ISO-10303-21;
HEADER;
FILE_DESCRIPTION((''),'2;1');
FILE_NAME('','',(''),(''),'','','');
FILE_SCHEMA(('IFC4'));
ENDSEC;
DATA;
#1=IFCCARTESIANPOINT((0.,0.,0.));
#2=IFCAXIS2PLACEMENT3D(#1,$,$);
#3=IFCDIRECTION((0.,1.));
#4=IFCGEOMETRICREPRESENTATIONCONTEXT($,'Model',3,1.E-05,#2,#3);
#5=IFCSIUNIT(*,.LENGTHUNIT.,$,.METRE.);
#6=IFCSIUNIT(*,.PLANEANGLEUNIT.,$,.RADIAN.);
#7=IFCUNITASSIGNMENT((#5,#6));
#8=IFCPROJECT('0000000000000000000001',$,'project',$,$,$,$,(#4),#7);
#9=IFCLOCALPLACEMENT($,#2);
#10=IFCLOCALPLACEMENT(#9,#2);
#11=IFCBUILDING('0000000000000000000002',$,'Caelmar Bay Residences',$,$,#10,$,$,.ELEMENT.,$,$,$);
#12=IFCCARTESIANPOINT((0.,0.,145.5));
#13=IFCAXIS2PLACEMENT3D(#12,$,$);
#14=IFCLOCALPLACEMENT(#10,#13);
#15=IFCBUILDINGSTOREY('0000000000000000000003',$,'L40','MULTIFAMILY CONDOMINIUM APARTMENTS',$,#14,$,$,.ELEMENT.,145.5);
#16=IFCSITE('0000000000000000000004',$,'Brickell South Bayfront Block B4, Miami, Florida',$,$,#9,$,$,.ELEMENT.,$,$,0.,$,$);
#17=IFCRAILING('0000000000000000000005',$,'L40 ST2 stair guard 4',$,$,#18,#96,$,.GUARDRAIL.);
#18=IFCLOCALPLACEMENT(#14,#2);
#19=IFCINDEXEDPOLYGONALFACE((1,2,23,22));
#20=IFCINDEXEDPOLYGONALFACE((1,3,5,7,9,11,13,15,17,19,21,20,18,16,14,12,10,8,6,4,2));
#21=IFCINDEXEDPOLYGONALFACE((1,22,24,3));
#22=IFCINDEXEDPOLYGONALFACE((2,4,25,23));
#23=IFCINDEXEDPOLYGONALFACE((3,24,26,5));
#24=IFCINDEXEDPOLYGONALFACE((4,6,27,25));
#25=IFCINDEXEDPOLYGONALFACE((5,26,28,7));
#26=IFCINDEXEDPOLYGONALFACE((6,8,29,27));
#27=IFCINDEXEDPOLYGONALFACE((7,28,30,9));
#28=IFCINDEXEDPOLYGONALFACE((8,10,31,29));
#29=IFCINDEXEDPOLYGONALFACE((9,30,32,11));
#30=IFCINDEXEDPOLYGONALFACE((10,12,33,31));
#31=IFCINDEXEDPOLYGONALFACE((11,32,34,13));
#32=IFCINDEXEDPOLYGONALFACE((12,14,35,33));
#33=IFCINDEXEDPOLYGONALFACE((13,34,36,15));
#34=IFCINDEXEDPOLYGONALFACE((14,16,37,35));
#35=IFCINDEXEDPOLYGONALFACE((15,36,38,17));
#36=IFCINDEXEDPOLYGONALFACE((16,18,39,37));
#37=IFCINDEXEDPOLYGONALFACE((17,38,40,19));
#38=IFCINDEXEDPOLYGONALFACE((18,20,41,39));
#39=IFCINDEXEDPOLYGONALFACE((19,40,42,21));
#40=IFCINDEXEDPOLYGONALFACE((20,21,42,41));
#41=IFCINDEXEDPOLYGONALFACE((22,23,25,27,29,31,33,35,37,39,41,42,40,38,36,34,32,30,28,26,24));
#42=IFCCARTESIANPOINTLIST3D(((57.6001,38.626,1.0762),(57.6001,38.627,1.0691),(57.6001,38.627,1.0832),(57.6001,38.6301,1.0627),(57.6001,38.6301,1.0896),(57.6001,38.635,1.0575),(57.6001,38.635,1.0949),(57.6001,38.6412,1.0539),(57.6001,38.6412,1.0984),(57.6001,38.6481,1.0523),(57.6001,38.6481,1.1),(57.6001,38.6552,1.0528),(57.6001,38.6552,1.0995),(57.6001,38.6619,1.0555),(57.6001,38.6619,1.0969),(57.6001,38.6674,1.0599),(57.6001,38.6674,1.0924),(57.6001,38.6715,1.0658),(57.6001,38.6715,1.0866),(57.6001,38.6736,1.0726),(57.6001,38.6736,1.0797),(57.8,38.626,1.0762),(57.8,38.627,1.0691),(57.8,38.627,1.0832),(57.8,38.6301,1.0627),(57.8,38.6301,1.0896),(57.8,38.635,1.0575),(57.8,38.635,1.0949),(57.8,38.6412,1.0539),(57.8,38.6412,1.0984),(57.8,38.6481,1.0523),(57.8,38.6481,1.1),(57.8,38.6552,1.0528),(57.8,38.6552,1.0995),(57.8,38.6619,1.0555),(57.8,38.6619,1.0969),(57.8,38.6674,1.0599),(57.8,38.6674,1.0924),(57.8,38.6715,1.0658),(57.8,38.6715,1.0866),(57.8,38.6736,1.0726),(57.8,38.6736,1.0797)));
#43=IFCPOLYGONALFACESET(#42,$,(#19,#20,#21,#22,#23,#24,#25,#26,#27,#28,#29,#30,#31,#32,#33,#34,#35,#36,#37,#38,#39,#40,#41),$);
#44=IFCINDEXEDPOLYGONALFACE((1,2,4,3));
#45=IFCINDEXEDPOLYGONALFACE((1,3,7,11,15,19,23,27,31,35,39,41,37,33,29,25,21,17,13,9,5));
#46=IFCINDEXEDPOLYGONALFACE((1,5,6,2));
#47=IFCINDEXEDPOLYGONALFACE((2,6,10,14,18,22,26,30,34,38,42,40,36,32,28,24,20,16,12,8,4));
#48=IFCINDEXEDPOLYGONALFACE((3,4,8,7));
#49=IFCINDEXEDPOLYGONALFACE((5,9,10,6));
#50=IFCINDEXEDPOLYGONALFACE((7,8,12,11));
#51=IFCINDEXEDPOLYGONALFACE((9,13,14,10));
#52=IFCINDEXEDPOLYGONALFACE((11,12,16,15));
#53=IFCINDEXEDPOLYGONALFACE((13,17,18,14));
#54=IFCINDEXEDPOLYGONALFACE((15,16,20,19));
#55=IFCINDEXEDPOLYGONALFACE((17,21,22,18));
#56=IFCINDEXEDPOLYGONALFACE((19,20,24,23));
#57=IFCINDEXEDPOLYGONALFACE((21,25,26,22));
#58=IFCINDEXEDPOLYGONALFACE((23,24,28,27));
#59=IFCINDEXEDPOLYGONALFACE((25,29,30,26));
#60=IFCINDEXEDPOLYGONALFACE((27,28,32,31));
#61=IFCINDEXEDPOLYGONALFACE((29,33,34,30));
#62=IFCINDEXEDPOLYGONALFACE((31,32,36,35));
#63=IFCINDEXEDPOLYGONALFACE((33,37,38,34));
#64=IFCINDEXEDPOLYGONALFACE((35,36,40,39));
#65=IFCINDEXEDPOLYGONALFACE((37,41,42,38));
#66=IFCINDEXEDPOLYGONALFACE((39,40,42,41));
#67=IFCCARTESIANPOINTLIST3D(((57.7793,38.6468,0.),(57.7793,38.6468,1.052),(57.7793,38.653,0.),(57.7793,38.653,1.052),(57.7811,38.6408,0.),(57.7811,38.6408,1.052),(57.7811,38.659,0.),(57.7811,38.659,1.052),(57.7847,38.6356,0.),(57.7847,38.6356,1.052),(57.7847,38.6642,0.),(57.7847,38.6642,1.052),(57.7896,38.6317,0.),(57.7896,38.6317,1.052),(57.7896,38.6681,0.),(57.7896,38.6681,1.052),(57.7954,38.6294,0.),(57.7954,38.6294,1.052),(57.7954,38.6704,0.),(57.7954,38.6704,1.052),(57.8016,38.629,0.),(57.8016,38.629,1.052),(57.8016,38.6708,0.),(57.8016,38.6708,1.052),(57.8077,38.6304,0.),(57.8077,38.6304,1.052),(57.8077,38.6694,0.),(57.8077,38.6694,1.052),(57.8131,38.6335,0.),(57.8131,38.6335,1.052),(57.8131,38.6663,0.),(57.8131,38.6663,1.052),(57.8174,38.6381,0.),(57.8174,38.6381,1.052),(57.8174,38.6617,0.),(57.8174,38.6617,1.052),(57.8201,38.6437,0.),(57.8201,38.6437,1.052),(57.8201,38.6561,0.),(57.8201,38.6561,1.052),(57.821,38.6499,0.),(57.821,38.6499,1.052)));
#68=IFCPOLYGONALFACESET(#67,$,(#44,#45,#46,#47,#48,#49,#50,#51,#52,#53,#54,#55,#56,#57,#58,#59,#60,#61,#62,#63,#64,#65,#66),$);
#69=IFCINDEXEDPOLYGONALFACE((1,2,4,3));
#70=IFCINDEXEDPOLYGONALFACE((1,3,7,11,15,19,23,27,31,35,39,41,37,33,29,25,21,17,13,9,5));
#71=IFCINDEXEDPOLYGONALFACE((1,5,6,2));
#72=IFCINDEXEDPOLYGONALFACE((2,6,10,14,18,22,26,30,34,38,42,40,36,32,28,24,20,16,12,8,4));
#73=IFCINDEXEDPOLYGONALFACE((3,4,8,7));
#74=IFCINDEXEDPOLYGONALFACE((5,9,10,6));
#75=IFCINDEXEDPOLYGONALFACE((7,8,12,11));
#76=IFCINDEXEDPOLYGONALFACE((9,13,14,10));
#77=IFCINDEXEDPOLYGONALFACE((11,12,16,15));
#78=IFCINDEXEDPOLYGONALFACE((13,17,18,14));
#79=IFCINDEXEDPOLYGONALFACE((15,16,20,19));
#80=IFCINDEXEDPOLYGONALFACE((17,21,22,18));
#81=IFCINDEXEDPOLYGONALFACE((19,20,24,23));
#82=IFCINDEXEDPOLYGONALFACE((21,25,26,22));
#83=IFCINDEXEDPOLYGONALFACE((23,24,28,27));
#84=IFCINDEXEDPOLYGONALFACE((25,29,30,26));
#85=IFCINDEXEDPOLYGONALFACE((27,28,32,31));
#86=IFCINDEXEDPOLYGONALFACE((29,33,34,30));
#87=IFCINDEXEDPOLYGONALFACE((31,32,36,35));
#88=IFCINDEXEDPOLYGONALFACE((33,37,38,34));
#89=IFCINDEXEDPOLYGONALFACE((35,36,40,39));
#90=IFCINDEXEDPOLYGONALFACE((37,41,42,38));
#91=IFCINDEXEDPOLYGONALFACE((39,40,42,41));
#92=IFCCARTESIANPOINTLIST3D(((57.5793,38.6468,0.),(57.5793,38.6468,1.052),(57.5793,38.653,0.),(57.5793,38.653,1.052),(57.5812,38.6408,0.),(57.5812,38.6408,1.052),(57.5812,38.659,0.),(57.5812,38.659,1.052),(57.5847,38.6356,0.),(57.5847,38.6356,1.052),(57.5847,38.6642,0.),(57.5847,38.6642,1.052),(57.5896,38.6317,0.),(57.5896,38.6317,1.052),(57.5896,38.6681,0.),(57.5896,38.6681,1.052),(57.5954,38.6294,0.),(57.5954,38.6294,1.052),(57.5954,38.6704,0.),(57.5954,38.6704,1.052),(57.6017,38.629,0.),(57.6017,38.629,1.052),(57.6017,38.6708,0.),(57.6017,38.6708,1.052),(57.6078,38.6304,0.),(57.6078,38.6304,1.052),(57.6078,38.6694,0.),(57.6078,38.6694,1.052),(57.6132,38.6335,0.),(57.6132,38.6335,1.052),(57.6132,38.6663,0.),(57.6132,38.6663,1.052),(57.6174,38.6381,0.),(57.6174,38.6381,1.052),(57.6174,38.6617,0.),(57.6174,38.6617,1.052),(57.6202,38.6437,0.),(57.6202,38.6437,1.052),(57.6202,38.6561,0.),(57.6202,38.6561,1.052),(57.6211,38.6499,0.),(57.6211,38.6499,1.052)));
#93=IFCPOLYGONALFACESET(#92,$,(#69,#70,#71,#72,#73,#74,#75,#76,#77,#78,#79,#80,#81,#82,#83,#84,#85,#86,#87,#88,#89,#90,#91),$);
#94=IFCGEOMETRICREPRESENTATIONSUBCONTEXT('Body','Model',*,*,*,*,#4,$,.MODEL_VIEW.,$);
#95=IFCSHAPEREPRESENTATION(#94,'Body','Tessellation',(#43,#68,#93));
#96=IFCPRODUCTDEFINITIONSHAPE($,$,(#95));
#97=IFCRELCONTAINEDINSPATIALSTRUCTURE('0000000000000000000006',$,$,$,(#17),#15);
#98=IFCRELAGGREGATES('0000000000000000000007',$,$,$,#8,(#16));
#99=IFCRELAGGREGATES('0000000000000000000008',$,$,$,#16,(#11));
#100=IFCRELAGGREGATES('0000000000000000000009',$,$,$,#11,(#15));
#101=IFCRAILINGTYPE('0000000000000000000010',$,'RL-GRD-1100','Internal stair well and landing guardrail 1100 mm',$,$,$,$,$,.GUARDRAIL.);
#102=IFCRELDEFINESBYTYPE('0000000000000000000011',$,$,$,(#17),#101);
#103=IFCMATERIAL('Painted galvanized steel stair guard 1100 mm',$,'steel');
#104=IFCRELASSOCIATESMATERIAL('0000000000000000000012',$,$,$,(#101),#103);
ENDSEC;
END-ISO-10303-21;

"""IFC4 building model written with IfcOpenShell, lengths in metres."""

from ifc_helpers import new_model, si_unit, direction, frame, origin, origin_2d, place, context, subcontext, project, spatial, circle, extrude, material, type_object, element, save


model = new_model("IFC4")

# Units and contexts
model_context = context("Model", 3, precision=1e-05, world=origin(), true_north=direction((0.0, 1.0)))
body_context = subcontext(model_context, "Body", "Model", "MODEL_VIEW")
ifc_project = project(units=[si_unit("LENGTHUNIT", "METRE"), si_unit("PLANEANGLEUNIT", "RADIAN")], contexts=[model_context])

# Site, building, storey
site_placement = place(None, origin())
site = spatial("IfcSite", under=ifc_project, at=site_placement, Name="Brickell South Bayfront Block B4, Miami, Florida", CompositionType="ELEMENT", RefElevation=0.0)
building_placement = place(site_placement, origin())
building = spatial("IfcBuilding", under=site, at=building_placement, Name="Caelmar Bay Residences", CompositionType="ELEMENT")
storey_placement = place(building_placement, frame((0.0, 0.0, 145.5)))
storey = spatial("IfcBuildingStorey", under=building, at=storey_placement, Name="L40", Description="MULTIFAMILY CONDOMINIUM APARTMENTS", CompositionType="ELEMENT", Elevation=145.5)

# Railing
ifc_material_1 = material(Name="Painted galvanized steel stair guard 1100 mm", Category="steel")
railing_type_1 = type_object("IfcRailingType", Name="RL-GRD-1100", Description="Internal stair well and landing guardrail 1100 mm", PredefinedType="GUARDRAIL", material=ifc_material_1)
railing_1_placement = place(storey_placement, frame((57.8, 38.6499, 0.0)))
element("IfcRailing", 1, at=railing_1_placement, inside=storey, type_object=railing_type_1, Name="L40 ST2 stair guard 4", PredefinedType="GUARDRAIL", context=body_context, shape_type="SweptSolid", body=[
    extrude(circle(Radius=0.0239, at=origin_2d()), frame((0.0, 0.0, 1.0762), z_axis=(-1.0, 0.0, 0.0), x_axis=(0.0, -1.0, 0.0)), (0.0, 0.0, 1.0), 0.2),
    extrude(circle(Radius=0.021, at=origin_2d()), origin(), (0.0, 0.0, 1.0), 1.052),
    extrude(circle(Radius=0.021, at=origin_2d()), frame((-0.2, 0.0, 0.0)), (0.0, 0.0, 1.0), 1.052),
])

save(model, "model.ifc")
